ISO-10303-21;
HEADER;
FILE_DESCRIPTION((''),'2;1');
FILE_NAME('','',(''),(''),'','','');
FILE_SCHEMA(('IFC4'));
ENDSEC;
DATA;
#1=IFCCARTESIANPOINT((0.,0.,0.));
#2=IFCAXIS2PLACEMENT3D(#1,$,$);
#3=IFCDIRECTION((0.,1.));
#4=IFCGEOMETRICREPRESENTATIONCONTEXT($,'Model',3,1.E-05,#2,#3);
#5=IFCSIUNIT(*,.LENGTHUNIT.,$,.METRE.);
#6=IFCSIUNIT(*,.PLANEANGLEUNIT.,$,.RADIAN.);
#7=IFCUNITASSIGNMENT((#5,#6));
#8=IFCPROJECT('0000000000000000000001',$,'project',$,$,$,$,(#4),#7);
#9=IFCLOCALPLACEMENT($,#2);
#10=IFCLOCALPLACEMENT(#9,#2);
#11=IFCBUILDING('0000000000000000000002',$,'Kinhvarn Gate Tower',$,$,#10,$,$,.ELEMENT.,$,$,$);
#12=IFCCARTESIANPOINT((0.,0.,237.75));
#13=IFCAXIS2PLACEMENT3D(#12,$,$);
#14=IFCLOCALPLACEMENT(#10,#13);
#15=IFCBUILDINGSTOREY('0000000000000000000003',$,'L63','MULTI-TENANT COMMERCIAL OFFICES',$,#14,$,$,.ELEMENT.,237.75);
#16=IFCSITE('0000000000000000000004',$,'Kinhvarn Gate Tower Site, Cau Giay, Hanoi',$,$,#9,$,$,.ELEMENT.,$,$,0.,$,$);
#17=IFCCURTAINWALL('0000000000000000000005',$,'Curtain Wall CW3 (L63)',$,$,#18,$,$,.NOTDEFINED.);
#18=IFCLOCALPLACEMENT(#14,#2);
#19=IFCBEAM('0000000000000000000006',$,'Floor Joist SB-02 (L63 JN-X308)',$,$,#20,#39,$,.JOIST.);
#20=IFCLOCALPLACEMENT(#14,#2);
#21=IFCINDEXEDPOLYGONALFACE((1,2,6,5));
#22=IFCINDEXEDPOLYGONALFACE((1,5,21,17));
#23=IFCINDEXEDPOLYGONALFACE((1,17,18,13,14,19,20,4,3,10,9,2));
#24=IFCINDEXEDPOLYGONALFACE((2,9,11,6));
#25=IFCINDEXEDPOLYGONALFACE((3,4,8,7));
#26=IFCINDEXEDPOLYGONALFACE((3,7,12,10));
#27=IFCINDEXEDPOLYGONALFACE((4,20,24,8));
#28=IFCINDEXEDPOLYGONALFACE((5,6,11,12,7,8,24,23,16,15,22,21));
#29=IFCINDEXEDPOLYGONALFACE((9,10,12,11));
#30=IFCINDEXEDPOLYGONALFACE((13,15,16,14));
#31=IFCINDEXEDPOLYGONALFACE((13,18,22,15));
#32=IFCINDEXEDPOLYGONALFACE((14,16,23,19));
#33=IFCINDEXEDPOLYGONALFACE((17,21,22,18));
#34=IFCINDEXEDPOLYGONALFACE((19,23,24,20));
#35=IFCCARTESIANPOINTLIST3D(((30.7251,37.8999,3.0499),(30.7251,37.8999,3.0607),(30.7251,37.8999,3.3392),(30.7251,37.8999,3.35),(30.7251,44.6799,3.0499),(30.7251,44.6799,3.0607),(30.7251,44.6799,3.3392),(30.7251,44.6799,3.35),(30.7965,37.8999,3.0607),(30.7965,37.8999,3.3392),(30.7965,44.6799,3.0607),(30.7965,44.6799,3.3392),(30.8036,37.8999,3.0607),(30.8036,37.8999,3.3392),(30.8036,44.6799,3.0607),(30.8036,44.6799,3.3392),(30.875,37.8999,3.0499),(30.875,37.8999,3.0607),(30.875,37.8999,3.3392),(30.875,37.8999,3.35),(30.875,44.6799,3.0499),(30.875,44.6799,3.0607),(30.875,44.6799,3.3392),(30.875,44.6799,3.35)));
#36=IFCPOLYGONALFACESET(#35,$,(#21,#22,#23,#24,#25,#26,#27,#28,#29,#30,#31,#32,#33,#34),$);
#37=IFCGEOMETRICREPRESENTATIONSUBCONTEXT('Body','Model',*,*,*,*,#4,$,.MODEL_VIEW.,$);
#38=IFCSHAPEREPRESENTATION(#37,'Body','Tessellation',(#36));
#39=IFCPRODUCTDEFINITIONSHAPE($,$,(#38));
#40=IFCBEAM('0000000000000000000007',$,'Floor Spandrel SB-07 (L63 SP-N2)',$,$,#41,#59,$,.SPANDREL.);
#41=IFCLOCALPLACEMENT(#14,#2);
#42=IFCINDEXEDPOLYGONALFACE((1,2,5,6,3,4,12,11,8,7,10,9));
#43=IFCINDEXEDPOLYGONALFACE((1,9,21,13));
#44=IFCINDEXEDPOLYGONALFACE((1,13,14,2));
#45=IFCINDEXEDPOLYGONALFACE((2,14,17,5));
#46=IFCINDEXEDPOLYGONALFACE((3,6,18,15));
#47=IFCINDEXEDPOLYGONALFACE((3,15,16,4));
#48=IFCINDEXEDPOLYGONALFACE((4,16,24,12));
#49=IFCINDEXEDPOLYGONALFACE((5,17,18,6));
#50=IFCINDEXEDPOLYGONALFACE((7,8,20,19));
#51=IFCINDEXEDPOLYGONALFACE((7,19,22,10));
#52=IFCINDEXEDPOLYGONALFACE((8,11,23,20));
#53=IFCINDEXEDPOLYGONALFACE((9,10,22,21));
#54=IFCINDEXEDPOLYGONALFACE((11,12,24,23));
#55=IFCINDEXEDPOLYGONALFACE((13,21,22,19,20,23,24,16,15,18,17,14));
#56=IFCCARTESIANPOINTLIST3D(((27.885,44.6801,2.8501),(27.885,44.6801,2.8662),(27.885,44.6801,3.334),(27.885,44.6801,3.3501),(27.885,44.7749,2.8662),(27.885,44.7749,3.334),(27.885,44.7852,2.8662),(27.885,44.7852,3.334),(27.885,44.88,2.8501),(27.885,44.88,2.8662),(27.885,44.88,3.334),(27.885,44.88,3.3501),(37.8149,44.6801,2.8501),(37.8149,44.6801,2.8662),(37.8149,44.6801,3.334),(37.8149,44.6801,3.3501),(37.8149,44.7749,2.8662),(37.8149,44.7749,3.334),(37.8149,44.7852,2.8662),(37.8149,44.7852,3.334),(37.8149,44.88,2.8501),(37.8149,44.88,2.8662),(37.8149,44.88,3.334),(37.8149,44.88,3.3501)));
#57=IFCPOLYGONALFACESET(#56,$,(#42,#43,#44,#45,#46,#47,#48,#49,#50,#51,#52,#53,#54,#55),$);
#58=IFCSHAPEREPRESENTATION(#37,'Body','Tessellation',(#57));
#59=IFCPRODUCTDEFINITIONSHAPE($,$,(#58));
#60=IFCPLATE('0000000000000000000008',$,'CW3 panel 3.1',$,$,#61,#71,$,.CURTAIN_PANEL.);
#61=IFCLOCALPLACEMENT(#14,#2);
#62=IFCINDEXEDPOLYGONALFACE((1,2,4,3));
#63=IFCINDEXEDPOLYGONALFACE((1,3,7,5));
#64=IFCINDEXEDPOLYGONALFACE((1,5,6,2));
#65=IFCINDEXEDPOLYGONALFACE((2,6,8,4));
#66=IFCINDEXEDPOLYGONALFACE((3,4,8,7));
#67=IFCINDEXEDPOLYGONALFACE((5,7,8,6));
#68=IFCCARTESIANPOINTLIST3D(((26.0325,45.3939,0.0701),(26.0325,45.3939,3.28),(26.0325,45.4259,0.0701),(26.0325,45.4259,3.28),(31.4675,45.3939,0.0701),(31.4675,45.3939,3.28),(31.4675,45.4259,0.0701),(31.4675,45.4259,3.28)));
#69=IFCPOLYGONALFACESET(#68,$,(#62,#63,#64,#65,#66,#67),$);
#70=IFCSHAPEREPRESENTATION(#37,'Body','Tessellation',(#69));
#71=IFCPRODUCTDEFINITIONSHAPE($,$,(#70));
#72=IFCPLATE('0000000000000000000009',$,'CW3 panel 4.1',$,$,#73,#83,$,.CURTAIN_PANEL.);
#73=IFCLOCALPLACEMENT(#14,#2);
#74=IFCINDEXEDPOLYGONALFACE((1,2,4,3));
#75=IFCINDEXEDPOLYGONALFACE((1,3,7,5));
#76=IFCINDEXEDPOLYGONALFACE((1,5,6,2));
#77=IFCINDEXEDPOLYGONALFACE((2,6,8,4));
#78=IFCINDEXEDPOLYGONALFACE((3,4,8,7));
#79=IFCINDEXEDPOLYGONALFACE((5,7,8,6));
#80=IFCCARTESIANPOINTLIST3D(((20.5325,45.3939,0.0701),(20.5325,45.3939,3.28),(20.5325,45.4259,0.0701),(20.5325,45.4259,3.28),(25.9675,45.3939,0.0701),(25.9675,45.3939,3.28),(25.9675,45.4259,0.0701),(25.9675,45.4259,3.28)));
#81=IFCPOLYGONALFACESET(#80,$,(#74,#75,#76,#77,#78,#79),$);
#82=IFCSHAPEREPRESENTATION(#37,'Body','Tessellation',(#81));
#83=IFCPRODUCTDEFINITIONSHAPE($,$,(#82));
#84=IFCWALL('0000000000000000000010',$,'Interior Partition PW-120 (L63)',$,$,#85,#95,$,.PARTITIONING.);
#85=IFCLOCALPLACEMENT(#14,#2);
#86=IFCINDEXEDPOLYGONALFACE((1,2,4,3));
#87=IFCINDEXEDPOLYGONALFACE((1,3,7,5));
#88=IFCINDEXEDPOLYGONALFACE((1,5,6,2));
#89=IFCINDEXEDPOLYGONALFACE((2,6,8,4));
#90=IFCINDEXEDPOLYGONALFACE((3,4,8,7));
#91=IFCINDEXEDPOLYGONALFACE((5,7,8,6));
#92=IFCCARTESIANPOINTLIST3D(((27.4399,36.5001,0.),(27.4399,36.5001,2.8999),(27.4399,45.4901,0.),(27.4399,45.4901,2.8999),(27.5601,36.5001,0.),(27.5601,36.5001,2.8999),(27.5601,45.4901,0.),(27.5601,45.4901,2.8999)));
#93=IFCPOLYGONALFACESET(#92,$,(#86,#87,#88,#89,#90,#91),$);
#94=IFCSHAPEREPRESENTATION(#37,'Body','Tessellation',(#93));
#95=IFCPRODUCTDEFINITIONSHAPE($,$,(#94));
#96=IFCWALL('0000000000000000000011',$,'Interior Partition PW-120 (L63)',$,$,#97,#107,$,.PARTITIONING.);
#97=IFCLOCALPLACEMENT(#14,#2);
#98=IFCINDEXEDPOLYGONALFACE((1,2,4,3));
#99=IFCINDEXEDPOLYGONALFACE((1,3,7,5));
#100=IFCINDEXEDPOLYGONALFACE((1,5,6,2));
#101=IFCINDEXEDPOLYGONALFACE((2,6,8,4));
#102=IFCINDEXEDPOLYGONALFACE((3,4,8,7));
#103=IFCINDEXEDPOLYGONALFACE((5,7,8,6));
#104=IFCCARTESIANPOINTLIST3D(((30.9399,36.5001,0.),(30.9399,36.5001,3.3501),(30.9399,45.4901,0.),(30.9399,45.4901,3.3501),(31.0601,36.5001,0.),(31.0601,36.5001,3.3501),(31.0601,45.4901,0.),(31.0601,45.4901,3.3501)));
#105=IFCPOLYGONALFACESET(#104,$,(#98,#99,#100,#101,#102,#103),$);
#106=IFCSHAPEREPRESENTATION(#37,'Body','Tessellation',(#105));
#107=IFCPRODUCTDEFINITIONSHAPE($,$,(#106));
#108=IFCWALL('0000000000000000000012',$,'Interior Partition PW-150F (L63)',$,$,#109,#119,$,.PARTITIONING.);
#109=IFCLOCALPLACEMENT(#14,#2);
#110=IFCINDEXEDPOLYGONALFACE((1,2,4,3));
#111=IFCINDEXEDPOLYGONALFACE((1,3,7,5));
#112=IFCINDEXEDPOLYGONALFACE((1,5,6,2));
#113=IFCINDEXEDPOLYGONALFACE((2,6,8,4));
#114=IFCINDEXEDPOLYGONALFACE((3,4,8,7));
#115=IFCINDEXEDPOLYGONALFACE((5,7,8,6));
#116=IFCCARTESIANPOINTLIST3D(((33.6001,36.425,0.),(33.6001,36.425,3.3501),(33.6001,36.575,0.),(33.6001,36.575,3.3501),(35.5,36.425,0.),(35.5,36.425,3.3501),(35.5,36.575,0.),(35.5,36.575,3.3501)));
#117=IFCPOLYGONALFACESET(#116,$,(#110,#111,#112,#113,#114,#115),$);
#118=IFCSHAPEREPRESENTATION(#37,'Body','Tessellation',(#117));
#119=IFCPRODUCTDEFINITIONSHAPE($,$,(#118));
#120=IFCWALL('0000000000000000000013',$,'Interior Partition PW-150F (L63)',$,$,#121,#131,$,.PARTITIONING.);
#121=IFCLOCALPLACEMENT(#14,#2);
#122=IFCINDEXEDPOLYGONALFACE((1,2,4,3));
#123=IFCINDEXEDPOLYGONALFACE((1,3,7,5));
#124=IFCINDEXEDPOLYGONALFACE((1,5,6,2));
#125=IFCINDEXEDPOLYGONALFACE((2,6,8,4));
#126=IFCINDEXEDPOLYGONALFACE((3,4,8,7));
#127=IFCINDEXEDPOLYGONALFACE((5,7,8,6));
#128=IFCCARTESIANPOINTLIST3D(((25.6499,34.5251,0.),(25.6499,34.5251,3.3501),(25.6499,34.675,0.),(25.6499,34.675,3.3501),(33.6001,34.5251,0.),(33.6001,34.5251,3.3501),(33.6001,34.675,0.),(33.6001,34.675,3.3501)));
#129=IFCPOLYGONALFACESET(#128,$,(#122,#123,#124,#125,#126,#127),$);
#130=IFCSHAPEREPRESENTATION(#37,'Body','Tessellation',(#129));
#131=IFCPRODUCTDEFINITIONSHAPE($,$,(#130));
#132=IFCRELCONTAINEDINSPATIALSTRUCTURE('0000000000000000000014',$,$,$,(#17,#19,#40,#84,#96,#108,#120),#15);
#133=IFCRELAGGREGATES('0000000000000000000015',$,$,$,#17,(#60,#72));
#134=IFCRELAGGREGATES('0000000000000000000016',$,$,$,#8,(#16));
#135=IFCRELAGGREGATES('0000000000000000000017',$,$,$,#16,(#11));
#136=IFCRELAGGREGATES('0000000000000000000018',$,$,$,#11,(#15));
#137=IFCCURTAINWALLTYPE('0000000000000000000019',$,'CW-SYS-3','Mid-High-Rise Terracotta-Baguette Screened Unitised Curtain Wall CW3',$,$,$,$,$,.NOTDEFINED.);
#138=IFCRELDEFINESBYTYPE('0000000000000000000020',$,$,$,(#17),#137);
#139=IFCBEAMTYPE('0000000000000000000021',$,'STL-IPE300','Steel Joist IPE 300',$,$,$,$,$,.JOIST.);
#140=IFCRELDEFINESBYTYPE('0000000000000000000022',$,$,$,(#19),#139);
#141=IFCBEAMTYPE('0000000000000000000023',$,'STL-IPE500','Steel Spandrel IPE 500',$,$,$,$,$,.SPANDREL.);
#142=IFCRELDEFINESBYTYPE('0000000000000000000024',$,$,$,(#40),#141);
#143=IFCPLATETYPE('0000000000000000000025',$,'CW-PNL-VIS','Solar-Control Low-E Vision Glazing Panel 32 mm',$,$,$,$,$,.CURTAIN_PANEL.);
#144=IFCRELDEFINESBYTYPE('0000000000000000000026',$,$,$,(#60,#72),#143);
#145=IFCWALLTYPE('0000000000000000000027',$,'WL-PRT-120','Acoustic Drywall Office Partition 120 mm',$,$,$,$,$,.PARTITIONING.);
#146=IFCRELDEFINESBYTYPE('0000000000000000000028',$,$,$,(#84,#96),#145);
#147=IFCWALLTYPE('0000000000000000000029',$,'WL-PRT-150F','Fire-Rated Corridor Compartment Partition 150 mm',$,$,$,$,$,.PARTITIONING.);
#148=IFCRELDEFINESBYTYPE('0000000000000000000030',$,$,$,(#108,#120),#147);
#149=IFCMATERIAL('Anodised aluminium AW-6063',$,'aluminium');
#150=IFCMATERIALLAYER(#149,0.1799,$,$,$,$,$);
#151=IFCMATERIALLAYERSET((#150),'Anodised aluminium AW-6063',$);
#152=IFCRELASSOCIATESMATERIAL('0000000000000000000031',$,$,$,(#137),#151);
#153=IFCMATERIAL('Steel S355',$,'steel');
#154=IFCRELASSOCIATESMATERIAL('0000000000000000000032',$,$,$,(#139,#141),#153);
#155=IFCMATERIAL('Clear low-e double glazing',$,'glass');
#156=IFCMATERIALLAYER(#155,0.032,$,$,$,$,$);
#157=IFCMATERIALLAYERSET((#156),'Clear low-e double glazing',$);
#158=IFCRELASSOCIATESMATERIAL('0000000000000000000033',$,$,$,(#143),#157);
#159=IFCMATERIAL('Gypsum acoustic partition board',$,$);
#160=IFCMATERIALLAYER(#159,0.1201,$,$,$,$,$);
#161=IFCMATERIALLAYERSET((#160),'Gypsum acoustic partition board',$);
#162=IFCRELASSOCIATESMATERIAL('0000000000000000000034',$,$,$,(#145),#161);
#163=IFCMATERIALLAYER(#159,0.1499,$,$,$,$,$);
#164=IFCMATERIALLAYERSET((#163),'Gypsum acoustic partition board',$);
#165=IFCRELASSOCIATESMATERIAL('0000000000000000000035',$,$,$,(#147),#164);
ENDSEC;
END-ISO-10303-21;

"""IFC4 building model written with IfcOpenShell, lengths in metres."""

from ifc_helpers import new_model, si_unit, direction, frame, frame_2d, origin, origin_2d, place, context, subcontext, project, spatial, rectangle, i_section, extrude, material, layer, layer_set, material_profile, profile_set, type_object, element, aggregate, save


model = new_model("IFC4")

# Units and contexts
model_context = context("Model", 3, precision=1e-05, world=origin(), true_north=direction((0.0, 1.0)))
body_context = subcontext(model_context, "Body", "Model", "MODEL_VIEW")
ifc_project = project(units=[si_unit("LENGTHUNIT", "METRE"), si_unit("PLANEANGLEUNIT", "RADIAN")], contexts=[model_context])

# Site, building, storey
site_placement = place(None, origin())
site = spatial("IfcSite", under=ifc_project, at=site_placement, Name="Kinhvarn Gate Tower Site, Cau Giay, Hanoi", CompositionType="ELEMENT", RefElevation=0.0)
building_placement = place(site_placement, origin())
building = spatial("IfcBuilding", under=site, at=building_placement, Name="Kinhvarn Gate Tower", CompositionType="ELEMENT")
storey_placement = place(building_placement, frame((0.0, 0.0, 237.75)))
storey = spatial("IfcBuildingStorey", under=building, at=storey_placement, Name="L63", Description="MULTI-TENANT COMMERCIAL OFFICES", CompositionType="ELEMENT", Elevation=237.75)

# Curtain wall
ifc_material_1 = material(Name="Anodised aluminium AW-6063", Category="aluminium")
ifc_layer_1 = layer(ifc_material_1, 0.1799)
ifc_layer_set_1 = layer_set([ifc_layer_1], Name="Anodised aluminium AW-6063")
curtain_wall_type = type_object("IfcCurtainWallType", Name="CW-SYS-3", Description="Mid-High-Rise Terracotta-Baguette Screened Unitised Curtain Wall CW3", PredefinedType="NOTDEFINED", material=ifc_layer_set_1)
curtain_wall_placement = place(storey_placement, origin())
curtain_wall = element("IfcCurtainWall", 1, at=curtain_wall_placement, inside=storey, type_object=curtain_wall_type, Name="Curtain Wall CW3 (L63)", PredefinedType="NOTDEFINED")

# Beams
ifc_material_2 = material(Name="Steel S355", Category="steel")
ifc_material_profile_1 = material_profile(ifc_material_2, i_section(OverallWidth=0.1499, OverallDepth=0.3, WebThickness=0.0071, FlangeThickness=0.0107, at=origin_2d()), Name="IPE 300")
ifc_profile_set_1 = profile_set([ifc_material_profile_1], Name="Steel S355")
beam_type_1 = type_object("IfcBeamType", Name="STL-IPE300", Description="Steel Joist IPE 300", PredefinedType="JOIST", material=ifc_profile_set_1)
for number, where, z_axis, x_axis, name in (
    (2, (30.8, 37.8999, 3.2), (0.0, 1.0, 0.0), (-1.0, 0.0, 0.0), "Floor Joist SB-02 (L63 JN-X308)"),
):
    element("IfcBeam", number, at=place(storey_placement, frame(where, z_axis=z_axis, x_axis=x_axis)), inside=storey, type_object=beam_type_1, Name=name, PredefinedType="JOIST", context=body_context, shape_type="SweptSolid", body=[
        extrude(i_section(OverallWidth=0.1499, OverallDepth=0.3, WebThickness=0.0071, FlangeThickness=0.0107, at=origin_2d()), origin(), (0.0, 0.0, 1.0), 6.78),
    ])
ifc_material_profile_2 = material_profile(ifc_material_2, i_section(OverallWidth=0.2, OverallDepth=0.5, WebThickness=0.0103, FlangeThickness=0.0161, at=origin_2d()), Name="IPE 500")
ifc_profile_set_2 = profile_set([ifc_material_profile_2], Name="Steel S355")
beam_type_2 = type_object("IfcBeamType", Name="STL-IPE500", Description="Steel Spandrel IPE 500", PredefinedType="SPANDREL", material=ifc_profile_set_2)
beam_1_placement = place(storey_placement, frame((27.885, 44.78, 3.1001), z_axis=(1.0, 0.0, 0.0), x_axis=(0.0, 1.0, 0.0)))
element("IfcBeam", 3, at=beam_1_placement, inside=storey, type_object=beam_type_2, Name="Floor Spandrel SB-07 (L63 SP-N2)", PredefinedType="SPANDREL", context=body_context, shape_type="SweptSolid", body=[
    extrude(i_section(OverallWidth=0.2, OverallDepth=0.5, WebThickness=0.0103, FlangeThickness=0.0161, at=origin_2d()), origin(), (0.0, 0.0, 1.0), 9.9299),
])

# Plates
ifc_material_3 = material(Name="Clear low-e double glazing", Category="glass")
ifc_layer_2 = layer(ifc_material_3, 0.032)
ifc_layer_set_2 = layer_set([ifc_layer_2], Name="Clear low-e double glazing")
plate_type = type_object("IfcPlateType", Name="CW-PNL-VIS", Description="Solar-Control Low-E Vision Glazing Panel 32 mm", PredefinedType="CURTAIN_PANEL", material=ifc_layer_set_2)
plate_1_placement = place(storey_placement, frame((28.75, 45.4099, 0.0701), z_axis=(0.0, 0.0, 1.0), x_axis=(-1.0, 0.0, 0.0)))
plate_1 = element("IfcPlate", 4, at=plate_1_placement, type_object=plate_type, Name="CW3 panel 3.1", PredefinedType="CURTAIN_PANEL", context=body_context, shape_type="SweptSolid", body=[
    extrude(rectangle(XDim=5.4351, YDim=0.032, at=origin_2d()), origin(), (0.0, 0.0, 1.0), 3.21),
])
plate_2_placement = place(storey_placement, frame((23.25, 45.4099, 0.0701), z_axis=(0.0, 0.0, 1.0), x_axis=(-1.0, 0.0, 0.0)))
plate_2 = element("IfcPlate", 5, at=plate_2_placement, type_object=plate_type, Name="CW3 panel 4.1", PredefinedType="CURTAIN_PANEL", context=body_context, shape_type="SweptSolid", body=[
    extrude(rectangle(XDim=5.4351, YDim=0.032, at=origin_2d()), origin(), (0.0, 0.0, 1.0), 3.21),
])
aggregate(curtain_wall, [plate_1, plate_2])

# Walls
ifc_material_4 = material(Name="Gypsum acoustic partition board")
ifc_layer_3 = layer(ifc_material_4, 0.1201)
ifc_layer_set_3 = layer_set([ifc_layer_3], Name="Gypsum acoustic partition board")
wall_type_1 = type_object("IfcWallType", Name="WL-PRT-120", Description="Acoustic Drywall Office Partition 120 mm", PredefinedType="PARTITIONING", material=ifc_layer_set_3)
wall_1_placement = place(storey_placement, frame((27.5, 36.5, 0.0), z_axis=(0.0, 0.0, 1.0), x_axis=(0.0, 1.0, 0.0)))
element("IfcWall", 6, at=wall_1_placement, inside=storey, type_object=wall_type_1, Name="Interior Partition PW-120 (L63)", PredefinedType="PARTITIONING", context=body_context, shape_type="SweptSolid", body=[
    extrude(rectangle(XDim=8.99, YDim=0.1201, at=frame_2d((4.4951, 0.0))), origin(), (0.0, 0.0, 1.0), 2.8999),
])
wall_2_placement = place(storey_placement, frame((31.0, 36.5, 0.0), z_axis=(0.0, 0.0, 1.0), x_axis=(0.0, 1.0, 0.0)))
element("IfcWall", 7, at=wall_2_placement, inside=storey, type_object=wall_type_1, Name="Interior Partition PW-120 (L63)", PredefinedType="PARTITIONING", context=body_context, shape_type="SweptSolid", body=[
    extrude(rectangle(XDim=8.99, YDim=0.1201, at=frame_2d((4.4951, 0.0))), origin(), (0.0, 0.0, 1.0), 3.3501),
])
ifc_layer_4 = layer(ifc_material_4, 0.1499)
ifc_layer_set_4 = layer_set([ifc_layer_4], Name="Gypsum acoustic partition board")
wall_type_2 = type_object("IfcWallType", Name="WL-PRT-150F", Description="Fire-Rated Corridor Compartment Partition 150 mm", PredefinedType="PARTITIONING", material=ifc_layer_set_4)
wall_3_placement = place(storey_placement, frame((33.6001, 36.5, 0.0), z_axis=(0.0, 0.0, 1.0), x_axis=(1.0, 0.0, 0.0)))
element("IfcWall", 8, at=wall_3_placement, inside=storey, type_object=wall_type_2, Name="Interior Partition PW-150F (L63)", PredefinedType="PARTITIONING", context=body_context, shape_type="SweptSolid", body=[
    extrude(rectangle(XDim=1.8999, YDim=0.1499, at=frame_2d((0.95, 0.0))), origin(), (0.0, 0.0, 1.0), 3.3501),
])
wall_4_placement = place(storey_placement, frame((25.6499, 34.6001, 0.0), z_axis=(0.0, 0.0, 1.0), x_axis=(1.0, 0.0, 0.0)))
element("IfcWall", 9, at=wall_4_placement, inside=storey, type_object=wall_type_2, Name="Interior Partition PW-150F (L63)", PredefinedType="PARTITIONING", context=body_context, shape_type="SweptSolid", body=[
    extrude(rectangle(XDim=7.9502, YDim=0.1499, at=frame_2d((3.9751, 0.0))), origin(), (0.0, 0.0, 1.0), 3.3501),
])

save(model, "model.ifc")
